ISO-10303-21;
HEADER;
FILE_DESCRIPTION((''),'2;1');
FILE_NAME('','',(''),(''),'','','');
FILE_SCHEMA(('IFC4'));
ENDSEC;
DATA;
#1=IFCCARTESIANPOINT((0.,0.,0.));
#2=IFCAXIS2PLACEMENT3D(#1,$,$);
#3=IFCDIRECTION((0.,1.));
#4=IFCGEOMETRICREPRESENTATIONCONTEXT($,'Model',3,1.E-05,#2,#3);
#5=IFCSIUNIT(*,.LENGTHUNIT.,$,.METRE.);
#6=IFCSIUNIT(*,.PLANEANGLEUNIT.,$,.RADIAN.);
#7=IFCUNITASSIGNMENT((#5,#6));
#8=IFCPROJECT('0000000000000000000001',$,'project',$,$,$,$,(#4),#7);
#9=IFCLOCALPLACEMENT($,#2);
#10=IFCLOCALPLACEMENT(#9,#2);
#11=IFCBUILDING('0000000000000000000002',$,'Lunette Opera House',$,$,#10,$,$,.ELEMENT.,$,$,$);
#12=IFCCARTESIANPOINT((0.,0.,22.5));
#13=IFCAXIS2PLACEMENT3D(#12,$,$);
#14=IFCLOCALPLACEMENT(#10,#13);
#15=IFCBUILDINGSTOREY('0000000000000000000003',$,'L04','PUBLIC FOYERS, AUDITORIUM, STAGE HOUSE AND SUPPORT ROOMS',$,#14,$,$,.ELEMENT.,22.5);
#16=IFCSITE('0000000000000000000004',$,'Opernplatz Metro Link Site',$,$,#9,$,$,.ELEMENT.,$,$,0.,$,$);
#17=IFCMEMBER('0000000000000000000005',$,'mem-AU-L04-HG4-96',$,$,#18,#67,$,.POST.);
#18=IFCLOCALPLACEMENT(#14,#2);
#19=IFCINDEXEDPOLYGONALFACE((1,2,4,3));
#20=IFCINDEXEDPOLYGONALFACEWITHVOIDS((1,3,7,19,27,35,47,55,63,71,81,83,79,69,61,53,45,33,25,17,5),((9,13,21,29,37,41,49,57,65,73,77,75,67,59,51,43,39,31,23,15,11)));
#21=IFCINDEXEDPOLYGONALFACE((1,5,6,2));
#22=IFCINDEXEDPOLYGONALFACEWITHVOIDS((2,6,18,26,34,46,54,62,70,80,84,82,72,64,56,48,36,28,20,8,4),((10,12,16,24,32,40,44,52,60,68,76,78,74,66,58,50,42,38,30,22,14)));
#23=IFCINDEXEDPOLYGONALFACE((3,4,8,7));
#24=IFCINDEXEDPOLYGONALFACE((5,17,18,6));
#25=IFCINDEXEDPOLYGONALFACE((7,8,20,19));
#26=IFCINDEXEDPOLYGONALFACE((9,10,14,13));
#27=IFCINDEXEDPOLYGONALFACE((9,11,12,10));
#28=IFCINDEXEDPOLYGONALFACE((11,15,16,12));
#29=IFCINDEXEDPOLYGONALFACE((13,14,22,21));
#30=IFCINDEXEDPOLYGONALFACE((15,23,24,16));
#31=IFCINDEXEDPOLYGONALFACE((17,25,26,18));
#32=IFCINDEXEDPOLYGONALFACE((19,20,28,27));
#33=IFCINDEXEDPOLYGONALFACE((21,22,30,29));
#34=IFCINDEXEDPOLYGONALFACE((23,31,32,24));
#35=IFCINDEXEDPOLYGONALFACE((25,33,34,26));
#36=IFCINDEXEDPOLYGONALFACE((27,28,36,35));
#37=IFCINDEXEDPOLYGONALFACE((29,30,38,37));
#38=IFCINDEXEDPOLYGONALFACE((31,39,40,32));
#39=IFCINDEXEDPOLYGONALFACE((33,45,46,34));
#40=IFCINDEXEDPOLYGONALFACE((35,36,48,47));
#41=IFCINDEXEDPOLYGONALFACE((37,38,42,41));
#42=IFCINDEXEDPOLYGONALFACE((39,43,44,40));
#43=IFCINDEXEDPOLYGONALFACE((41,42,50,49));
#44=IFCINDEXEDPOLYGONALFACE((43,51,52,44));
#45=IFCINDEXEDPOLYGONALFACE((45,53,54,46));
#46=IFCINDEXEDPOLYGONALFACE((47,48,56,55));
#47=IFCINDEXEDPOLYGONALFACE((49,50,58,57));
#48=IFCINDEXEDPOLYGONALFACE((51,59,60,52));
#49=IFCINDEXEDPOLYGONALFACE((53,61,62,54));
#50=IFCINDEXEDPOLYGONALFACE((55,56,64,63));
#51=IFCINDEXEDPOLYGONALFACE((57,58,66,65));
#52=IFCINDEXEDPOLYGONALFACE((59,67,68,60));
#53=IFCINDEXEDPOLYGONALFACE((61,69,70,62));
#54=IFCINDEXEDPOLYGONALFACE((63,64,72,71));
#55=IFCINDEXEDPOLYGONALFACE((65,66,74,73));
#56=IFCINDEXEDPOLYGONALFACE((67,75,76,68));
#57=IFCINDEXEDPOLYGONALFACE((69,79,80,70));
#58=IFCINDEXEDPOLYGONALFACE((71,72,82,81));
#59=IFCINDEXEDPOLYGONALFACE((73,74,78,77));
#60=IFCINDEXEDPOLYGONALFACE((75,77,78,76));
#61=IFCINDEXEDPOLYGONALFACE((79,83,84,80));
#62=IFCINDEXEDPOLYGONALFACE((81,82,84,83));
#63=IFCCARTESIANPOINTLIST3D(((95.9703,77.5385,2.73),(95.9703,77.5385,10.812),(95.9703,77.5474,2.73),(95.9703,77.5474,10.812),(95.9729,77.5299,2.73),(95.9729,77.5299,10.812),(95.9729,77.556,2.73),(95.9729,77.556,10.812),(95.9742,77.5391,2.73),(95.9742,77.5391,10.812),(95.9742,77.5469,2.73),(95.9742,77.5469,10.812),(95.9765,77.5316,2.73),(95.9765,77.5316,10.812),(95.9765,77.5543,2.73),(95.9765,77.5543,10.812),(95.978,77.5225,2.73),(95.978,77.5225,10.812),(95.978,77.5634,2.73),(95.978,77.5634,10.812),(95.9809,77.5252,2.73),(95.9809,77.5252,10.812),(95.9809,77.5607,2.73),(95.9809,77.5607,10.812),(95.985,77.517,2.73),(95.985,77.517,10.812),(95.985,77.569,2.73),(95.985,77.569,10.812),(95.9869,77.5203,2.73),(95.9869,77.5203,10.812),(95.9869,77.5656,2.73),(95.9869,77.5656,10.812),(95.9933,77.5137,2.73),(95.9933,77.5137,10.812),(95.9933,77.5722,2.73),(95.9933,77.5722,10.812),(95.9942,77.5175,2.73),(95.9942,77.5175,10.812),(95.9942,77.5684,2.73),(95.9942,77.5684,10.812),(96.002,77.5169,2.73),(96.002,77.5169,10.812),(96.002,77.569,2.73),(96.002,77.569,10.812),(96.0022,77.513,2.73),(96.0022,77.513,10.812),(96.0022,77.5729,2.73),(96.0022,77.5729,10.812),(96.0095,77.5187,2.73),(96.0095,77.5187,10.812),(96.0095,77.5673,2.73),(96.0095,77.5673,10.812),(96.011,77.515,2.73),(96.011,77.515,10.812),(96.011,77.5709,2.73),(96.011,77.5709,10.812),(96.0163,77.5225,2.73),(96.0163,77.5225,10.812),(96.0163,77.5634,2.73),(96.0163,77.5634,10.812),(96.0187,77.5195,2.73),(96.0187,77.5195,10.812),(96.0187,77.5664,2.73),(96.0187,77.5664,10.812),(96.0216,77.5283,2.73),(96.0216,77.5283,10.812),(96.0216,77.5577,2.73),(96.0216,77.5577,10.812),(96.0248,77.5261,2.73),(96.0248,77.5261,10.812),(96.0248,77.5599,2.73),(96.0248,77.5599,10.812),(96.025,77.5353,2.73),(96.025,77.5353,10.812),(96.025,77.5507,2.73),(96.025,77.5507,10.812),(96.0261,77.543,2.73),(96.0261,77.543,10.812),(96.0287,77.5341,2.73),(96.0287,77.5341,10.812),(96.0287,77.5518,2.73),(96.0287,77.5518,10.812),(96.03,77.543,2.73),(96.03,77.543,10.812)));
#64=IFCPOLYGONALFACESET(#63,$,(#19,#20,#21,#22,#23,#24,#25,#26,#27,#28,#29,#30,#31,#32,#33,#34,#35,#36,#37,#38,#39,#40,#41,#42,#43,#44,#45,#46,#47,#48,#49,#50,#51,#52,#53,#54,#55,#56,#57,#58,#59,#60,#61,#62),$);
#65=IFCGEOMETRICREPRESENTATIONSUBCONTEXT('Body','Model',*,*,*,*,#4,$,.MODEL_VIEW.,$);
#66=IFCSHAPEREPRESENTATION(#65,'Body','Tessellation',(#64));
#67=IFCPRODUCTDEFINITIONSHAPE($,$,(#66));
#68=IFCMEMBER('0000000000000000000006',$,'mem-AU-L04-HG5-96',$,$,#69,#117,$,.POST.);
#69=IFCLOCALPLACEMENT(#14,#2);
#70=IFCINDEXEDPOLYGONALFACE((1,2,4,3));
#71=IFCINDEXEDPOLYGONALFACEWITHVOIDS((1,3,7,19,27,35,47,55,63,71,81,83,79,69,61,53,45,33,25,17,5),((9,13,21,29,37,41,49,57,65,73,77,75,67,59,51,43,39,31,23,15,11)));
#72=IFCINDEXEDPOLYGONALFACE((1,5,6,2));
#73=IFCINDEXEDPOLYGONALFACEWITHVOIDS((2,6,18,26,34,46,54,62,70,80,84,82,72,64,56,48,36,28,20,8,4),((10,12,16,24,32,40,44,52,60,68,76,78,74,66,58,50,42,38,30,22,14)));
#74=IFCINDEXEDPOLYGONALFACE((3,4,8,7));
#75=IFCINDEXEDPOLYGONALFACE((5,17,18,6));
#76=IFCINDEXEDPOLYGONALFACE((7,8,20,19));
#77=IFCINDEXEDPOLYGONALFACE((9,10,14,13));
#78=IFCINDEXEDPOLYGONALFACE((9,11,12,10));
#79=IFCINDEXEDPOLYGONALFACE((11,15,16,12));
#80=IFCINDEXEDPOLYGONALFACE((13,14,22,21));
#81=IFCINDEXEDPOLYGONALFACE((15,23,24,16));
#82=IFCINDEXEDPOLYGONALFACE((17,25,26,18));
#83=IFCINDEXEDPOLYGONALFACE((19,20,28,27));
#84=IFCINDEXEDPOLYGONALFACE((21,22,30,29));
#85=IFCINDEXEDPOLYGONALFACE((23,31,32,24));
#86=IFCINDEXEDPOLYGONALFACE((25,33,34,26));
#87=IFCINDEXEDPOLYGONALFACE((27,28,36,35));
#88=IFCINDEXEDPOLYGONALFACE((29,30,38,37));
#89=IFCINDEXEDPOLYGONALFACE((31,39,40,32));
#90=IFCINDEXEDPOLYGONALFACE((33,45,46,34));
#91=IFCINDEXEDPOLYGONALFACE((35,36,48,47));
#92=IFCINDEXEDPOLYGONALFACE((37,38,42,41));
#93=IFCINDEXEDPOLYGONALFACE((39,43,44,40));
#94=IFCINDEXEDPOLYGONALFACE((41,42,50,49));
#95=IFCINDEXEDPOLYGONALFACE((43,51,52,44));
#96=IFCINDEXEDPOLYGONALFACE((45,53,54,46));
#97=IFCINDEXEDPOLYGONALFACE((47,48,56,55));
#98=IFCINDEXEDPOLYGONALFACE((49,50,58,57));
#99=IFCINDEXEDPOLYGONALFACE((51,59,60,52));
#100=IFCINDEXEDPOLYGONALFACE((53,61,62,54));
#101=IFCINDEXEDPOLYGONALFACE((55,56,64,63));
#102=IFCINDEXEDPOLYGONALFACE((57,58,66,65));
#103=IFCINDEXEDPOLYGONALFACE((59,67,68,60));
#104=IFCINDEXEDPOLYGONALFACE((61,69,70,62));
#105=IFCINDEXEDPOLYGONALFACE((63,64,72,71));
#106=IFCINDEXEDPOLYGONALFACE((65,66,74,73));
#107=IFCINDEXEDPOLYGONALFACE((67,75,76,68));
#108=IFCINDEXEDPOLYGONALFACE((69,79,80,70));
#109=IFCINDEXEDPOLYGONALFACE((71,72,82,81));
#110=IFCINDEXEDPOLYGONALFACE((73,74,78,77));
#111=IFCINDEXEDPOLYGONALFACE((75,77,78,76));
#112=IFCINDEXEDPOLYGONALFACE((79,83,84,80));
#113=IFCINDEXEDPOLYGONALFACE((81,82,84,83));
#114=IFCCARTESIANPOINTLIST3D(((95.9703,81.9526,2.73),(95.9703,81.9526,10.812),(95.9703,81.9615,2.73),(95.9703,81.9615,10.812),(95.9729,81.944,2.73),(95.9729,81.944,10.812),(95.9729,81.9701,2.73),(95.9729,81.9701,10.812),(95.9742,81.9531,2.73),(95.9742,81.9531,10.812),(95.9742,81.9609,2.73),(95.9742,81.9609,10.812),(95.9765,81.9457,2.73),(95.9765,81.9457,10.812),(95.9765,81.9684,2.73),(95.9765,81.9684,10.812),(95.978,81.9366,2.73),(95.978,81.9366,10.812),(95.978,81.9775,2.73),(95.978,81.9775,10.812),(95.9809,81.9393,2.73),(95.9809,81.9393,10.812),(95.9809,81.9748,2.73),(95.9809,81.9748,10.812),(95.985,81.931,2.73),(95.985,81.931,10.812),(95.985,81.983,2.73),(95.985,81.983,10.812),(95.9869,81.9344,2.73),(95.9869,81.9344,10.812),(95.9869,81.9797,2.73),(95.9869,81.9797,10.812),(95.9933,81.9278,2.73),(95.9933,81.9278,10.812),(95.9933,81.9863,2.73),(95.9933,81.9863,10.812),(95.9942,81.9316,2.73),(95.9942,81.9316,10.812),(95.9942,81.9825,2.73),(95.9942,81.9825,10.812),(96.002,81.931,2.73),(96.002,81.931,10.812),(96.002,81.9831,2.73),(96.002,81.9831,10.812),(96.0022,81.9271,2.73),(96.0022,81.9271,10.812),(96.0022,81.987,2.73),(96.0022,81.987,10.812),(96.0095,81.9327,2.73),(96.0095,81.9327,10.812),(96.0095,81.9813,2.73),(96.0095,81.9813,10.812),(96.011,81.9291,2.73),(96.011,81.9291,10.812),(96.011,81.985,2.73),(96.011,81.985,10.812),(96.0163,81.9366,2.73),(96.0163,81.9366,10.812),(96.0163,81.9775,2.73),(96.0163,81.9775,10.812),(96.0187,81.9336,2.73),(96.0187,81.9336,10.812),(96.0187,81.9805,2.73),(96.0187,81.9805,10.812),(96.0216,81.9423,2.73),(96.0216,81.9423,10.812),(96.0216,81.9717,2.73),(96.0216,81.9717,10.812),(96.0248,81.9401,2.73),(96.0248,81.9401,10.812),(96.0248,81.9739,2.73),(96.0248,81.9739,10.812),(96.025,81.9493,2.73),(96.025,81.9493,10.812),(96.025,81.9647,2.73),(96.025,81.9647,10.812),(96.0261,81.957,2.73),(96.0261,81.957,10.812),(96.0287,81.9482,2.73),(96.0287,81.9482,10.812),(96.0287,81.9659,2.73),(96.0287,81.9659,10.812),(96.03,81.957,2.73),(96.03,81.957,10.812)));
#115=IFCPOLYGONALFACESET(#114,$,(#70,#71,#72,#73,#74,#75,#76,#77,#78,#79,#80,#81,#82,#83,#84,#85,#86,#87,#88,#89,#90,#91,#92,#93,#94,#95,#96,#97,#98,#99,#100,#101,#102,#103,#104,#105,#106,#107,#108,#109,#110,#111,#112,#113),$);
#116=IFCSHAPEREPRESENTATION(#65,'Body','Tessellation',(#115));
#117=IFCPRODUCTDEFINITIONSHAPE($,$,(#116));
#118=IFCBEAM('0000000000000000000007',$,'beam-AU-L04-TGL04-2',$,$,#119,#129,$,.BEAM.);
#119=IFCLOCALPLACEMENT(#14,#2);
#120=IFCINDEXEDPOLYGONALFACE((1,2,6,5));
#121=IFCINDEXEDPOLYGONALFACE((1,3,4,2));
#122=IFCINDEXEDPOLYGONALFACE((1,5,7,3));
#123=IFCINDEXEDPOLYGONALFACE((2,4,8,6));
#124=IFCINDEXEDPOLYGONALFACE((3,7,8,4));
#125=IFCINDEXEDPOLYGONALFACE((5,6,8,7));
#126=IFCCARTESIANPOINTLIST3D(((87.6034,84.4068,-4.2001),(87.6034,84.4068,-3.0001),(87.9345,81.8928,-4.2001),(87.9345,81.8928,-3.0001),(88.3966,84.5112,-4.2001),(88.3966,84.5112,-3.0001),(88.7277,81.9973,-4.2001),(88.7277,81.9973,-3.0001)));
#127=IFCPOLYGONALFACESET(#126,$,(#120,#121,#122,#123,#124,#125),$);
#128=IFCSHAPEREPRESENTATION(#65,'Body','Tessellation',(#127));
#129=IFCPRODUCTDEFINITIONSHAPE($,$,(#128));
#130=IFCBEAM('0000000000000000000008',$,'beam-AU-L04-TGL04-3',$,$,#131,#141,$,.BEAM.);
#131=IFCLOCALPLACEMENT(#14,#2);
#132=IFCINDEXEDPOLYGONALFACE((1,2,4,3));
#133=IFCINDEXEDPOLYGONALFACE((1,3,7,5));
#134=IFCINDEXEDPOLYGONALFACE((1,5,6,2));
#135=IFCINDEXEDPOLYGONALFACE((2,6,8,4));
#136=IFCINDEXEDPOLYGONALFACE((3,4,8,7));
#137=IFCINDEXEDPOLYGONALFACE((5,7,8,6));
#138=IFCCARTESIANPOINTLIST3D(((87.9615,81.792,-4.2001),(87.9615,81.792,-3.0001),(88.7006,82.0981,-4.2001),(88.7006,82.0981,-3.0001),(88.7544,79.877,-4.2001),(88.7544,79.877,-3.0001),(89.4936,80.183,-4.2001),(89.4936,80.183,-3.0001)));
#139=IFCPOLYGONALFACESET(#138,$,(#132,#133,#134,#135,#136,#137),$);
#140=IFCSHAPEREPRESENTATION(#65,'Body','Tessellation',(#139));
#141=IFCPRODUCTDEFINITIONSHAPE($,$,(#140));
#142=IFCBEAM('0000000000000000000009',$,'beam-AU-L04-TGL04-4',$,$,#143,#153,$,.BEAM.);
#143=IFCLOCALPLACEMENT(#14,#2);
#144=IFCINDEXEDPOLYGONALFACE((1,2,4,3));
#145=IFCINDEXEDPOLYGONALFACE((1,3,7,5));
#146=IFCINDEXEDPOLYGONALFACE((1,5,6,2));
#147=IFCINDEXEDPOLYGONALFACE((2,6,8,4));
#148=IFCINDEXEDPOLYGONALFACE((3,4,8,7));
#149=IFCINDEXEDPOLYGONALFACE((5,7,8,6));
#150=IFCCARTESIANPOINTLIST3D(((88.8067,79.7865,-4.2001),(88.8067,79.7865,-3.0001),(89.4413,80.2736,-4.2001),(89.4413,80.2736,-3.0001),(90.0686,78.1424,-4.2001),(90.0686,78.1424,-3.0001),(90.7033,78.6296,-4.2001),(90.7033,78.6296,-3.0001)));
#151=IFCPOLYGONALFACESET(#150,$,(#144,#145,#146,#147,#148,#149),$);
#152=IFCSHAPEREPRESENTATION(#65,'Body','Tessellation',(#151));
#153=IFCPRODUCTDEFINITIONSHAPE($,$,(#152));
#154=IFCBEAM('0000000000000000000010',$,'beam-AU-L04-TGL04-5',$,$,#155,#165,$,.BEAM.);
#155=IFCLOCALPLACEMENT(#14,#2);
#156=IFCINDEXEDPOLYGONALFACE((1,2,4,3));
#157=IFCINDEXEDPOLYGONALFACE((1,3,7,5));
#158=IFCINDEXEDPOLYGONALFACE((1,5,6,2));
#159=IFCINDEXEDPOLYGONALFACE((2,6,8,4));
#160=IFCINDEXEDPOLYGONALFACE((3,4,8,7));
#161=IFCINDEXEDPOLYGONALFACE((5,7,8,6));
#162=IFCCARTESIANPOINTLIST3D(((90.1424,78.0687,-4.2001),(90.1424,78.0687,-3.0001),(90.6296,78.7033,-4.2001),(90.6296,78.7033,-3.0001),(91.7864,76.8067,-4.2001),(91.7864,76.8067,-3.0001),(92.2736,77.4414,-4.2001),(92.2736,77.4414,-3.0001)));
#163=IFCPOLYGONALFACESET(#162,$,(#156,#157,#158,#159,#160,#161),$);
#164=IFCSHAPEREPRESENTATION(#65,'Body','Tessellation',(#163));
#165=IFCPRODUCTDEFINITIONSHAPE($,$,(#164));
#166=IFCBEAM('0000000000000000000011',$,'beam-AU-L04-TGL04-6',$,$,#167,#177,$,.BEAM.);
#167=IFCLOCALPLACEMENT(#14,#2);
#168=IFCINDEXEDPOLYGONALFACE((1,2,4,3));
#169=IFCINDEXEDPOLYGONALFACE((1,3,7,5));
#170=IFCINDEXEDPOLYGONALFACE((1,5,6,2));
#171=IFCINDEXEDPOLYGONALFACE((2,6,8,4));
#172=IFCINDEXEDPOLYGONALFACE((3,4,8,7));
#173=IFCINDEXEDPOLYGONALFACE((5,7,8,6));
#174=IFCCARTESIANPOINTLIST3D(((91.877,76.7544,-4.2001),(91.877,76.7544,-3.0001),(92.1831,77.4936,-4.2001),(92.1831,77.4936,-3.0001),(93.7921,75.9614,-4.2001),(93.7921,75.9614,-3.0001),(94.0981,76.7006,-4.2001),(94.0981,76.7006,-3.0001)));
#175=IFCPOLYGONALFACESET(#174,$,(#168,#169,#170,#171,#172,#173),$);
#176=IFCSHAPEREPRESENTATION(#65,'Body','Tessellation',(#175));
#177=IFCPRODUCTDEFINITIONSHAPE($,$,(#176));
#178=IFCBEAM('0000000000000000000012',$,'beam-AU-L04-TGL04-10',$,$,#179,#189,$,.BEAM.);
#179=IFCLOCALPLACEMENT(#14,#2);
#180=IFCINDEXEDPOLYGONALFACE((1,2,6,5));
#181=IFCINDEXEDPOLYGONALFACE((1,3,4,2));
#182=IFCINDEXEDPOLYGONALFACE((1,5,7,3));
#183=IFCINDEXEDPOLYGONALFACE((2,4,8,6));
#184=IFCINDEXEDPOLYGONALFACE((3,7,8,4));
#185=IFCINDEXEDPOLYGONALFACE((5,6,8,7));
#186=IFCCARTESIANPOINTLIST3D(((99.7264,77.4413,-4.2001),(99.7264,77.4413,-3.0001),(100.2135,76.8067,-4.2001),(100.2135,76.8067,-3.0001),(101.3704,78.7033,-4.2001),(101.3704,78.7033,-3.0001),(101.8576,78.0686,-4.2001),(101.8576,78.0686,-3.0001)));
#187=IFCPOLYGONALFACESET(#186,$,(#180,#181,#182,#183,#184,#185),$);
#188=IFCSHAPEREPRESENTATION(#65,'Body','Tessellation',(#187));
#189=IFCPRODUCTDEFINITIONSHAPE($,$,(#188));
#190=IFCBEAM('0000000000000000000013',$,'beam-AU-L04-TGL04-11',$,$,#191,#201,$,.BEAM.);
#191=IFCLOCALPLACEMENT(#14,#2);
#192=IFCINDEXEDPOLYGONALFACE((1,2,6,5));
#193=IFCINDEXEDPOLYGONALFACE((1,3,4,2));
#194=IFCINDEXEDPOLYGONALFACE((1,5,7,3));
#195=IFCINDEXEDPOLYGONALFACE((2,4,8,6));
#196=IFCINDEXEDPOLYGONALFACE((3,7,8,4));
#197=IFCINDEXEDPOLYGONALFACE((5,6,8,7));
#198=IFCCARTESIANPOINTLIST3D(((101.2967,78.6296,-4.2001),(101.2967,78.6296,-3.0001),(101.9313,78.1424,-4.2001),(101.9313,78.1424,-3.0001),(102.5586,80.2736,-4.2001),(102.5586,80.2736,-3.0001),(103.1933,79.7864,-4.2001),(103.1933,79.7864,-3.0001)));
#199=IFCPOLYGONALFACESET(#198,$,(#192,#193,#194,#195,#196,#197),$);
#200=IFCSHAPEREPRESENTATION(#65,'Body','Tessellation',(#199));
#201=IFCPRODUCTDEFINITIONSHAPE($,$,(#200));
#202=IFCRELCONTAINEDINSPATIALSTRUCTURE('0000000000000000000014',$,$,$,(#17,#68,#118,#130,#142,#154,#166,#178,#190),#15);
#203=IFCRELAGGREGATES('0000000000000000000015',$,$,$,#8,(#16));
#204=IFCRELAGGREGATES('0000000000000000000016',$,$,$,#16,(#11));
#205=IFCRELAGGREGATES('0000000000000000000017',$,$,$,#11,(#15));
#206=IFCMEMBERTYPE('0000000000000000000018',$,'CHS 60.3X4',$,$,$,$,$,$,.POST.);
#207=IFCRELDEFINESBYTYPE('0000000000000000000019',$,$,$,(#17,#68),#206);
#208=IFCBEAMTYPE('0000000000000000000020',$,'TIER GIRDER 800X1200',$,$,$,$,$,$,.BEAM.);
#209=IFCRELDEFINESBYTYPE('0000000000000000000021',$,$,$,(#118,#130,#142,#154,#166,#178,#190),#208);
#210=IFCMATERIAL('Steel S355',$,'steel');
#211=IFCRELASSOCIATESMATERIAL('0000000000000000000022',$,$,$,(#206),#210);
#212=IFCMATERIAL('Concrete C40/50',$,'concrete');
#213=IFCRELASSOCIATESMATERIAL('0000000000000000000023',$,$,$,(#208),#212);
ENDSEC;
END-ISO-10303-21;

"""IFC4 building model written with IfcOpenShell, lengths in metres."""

from ifc_helpers import new_model, si_unit, direction, frame, origin, origin_2d, place, context, subcontext, project, spatial, rectangle, hollow_circle, extrude, material, material_profile, profile_set, type_object, element, save


model = new_model("IFC4")

# Units and contexts
model_context = context("Model", 3, precision=1e-05, world=origin(), true_north=direction((0.0, 1.0)))
body_context = subcontext(model_context, "Body", "Model", "MODEL_VIEW")
ifc_project = project(units=[si_unit("LENGTHUNIT", "METRE"), si_unit("PLANEANGLEUNIT", "RADIAN")], contexts=[model_context])

# Site, building, storey
site_placement = place(None, origin())
site = spatial("IfcSite", under=ifc_project, at=site_placement, Name="Opernplatz Metro Link Site", CompositionType="ELEMENT", RefElevation=0.0)
building_placement = place(site_placement, origin())
building = spatial("IfcBuilding", under=site, at=building_placement, Name="Lunette Opera House", CompositionType="ELEMENT")
storey_placement = place(building_placement, frame((0.0, 0.0, 22.5)))
storey = spatial("IfcBuildingStorey", under=building, at=storey_placement, Name="L04", Description="PUBLIC FOYERS, AUDITORIUM, STAGE HOUSE AND SUPPORT ROOMS", CompositionType="ELEMENT", Elevation=22.5)

# Members
ifc_material_1 = material(Name="Steel S355", Category="steel")
ifc_material_profile_1 = material_profile(ifc_material_1, hollow_circle(Radius=0.03, WallThickness=0.0039, at=origin_2d()), Name="CHS 60.3X4")
ifc_profile_set_1 = profile_set([ifc_material_profile_1], Name="Steel S355")
member_type = type_object("IfcMemberType", Name="CHS 60.3X4", PredefinedType="POST", material=ifc_profile_set_1)
for number, where, z_axis, x_axis, name in (
    (1, (96.0, 77.543, 2.73), (0.0, 0.0, 1.0), (1.0, 0.0, 0.0), "mem-AU-L04-HG4-96"),
    (2, (96.0, 81.957, 2.73), (0.0, 0.0, 1.0), (1.0, 0.0, 0.0), "mem-AU-L04-HG5-96"),
):
    element("IfcMember", number, at=place(storey_placement, frame(where, z_axis=z_axis, x_axis=x_axis)), inside=storey, type_object=member_type, Name=name, PredefinedType="POST", context=body_context, shape_type="SweptSolid", body=[
        extrude(hollow_circle(Radius=0.03, WallThickness=0.0039, at=origin_2d()), origin(), (0.0, 0.0, 1.0), 8.082),
    ])

# Beams
ifc_material_2 = material(Name="Concrete C40/50", Category="concrete")
ifc_material_profile_2 = material_profile(ifc_material_2, rectangle(XDim=0.8, YDim=1.2, at=origin_2d()), Name="TIER GIRDER 800X1200")
ifc_profile_set_2 = profile_set([ifc_material_profile_2], Name="Concrete C40/50")
beam_type_1 = type_object("IfcBeamType", Name="TIER GIRDER 800X1200", PredefinedType="BEAM", material=ifc_profile_set_2)
beam_1_placement = place(storey_placement, frame((88.0, 84.459, -3.6001), z_axis=(0.130562, -0.99144, 0.0), x_axis=(0.99144, 0.130562, 0.0)))
element("IfcBeam", 3, at=beam_1_placement, inside=storey, type_object=beam_type_1, Name="beam-AU-L04-TGL04-2", PredefinedType="BEAM", context=body_context, shape_type="SweptSolid", body=[
    extrude(rectangle(XDim=0.8, YDim=1.2, at=origin_2d()), origin(), (0.0, 0.0, 1.0), 2.5356),
])
beam_2_placement = place(storey_placement, frame((88.3311, 81.9451, -3.6001), z_axis=(0.382574, -0.923925, 0.0), x_axis=(0.923925, 0.382574, 0.0)))
element("IfcBeam", 4, at=beam_2_placement, inside=storey, type_object=beam_type_1, Name="beam-AU-L04-TGL04-3", PredefinedType="BEAM", context=body_context, shape_type="SweptSolid", body=[
    extrude(rectangle(XDim=0.8, YDim=1.2, at=origin_2d()), origin(), (0.0, 0.0, 1.0), 2.0728),
])
for number, where, z_axis, x_axis, name in (
    (5, (89.124, 80.03, -3.6001), (0.608896, -0.79325, 0.0), (0.79325, 0.608896, 0.0), "beam-AU-L04-TGL04-4"),
    (6, (90.386, 78.386, -3.6001), (0.79325, -0.608896, 0.0), (0.608896, 0.79325, 0.0), "beam-AU-L04-TGL04-5"),
):
    element("IfcBeam", number, at=place(storey_placement, frame(where, z_axis=z_axis, x_axis=x_axis)), inside=storey, type_object=beam_type_1, Name=name, PredefinedType="BEAM", context=body_context, shape_type="SweptSolid", body=[
        extrude(rectangle(XDim=0.8, YDim=1.2, at=origin_2d()), origin(), (0.0, 0.0, 1.0), 2.0725),
    ])
beam_3_placement = place(storey_placement, frame((92.03, 77.124, -3.6001), z_axis=(0.923925, -0.382574, 0.0), x_axis=(0.382574, 0.923925, 0.0)))
element("IfcBeam", 7, at=beam_3_placement, inside=storey, type_object=beam_type_1, Name="beam-AU-L04-TGL04-6", PredefinedType="BEAM", context=body_context, shape_type="SweptSolid", body=[
    extrude(rectangle(XDim=0.8, YDim=1.2, at=origin_2d()), origin(), (0.0, 0.0, 1.0), 2.0728),
])
for number, where, z_axis, x_axis, name in (
    (8, (99.97, 77.124, -3.6001), (0.79325, 0.608896, 0.0), (-0.608896, 0.79325, 0.0), "beam-AU-L04-TGL04-10"),
    (9, (101.614, 78.386, -3.6001), (0.608896, 0.79325, 0.0), (-0.79325, 0.608896, 0.0), "beam-AU-L04-TGL04-11"),
):
    element("IfcBeam", number, at=place(storey_placement, frame(where, z_axis=z_axis, x_axis=x_axis)), inside=storey, type_object=beam_type_1, Name=name, PredefinedType="BEAM", context=body_context, shape_type="SweptSolid", body=[
        extrude(rectangle(XDim=0.8, YDim=1.2, at=origin_2d()), origin(), (0.0, 0.0, 1.0), 2.0725),
    ])

save(model, "model.ifc")
